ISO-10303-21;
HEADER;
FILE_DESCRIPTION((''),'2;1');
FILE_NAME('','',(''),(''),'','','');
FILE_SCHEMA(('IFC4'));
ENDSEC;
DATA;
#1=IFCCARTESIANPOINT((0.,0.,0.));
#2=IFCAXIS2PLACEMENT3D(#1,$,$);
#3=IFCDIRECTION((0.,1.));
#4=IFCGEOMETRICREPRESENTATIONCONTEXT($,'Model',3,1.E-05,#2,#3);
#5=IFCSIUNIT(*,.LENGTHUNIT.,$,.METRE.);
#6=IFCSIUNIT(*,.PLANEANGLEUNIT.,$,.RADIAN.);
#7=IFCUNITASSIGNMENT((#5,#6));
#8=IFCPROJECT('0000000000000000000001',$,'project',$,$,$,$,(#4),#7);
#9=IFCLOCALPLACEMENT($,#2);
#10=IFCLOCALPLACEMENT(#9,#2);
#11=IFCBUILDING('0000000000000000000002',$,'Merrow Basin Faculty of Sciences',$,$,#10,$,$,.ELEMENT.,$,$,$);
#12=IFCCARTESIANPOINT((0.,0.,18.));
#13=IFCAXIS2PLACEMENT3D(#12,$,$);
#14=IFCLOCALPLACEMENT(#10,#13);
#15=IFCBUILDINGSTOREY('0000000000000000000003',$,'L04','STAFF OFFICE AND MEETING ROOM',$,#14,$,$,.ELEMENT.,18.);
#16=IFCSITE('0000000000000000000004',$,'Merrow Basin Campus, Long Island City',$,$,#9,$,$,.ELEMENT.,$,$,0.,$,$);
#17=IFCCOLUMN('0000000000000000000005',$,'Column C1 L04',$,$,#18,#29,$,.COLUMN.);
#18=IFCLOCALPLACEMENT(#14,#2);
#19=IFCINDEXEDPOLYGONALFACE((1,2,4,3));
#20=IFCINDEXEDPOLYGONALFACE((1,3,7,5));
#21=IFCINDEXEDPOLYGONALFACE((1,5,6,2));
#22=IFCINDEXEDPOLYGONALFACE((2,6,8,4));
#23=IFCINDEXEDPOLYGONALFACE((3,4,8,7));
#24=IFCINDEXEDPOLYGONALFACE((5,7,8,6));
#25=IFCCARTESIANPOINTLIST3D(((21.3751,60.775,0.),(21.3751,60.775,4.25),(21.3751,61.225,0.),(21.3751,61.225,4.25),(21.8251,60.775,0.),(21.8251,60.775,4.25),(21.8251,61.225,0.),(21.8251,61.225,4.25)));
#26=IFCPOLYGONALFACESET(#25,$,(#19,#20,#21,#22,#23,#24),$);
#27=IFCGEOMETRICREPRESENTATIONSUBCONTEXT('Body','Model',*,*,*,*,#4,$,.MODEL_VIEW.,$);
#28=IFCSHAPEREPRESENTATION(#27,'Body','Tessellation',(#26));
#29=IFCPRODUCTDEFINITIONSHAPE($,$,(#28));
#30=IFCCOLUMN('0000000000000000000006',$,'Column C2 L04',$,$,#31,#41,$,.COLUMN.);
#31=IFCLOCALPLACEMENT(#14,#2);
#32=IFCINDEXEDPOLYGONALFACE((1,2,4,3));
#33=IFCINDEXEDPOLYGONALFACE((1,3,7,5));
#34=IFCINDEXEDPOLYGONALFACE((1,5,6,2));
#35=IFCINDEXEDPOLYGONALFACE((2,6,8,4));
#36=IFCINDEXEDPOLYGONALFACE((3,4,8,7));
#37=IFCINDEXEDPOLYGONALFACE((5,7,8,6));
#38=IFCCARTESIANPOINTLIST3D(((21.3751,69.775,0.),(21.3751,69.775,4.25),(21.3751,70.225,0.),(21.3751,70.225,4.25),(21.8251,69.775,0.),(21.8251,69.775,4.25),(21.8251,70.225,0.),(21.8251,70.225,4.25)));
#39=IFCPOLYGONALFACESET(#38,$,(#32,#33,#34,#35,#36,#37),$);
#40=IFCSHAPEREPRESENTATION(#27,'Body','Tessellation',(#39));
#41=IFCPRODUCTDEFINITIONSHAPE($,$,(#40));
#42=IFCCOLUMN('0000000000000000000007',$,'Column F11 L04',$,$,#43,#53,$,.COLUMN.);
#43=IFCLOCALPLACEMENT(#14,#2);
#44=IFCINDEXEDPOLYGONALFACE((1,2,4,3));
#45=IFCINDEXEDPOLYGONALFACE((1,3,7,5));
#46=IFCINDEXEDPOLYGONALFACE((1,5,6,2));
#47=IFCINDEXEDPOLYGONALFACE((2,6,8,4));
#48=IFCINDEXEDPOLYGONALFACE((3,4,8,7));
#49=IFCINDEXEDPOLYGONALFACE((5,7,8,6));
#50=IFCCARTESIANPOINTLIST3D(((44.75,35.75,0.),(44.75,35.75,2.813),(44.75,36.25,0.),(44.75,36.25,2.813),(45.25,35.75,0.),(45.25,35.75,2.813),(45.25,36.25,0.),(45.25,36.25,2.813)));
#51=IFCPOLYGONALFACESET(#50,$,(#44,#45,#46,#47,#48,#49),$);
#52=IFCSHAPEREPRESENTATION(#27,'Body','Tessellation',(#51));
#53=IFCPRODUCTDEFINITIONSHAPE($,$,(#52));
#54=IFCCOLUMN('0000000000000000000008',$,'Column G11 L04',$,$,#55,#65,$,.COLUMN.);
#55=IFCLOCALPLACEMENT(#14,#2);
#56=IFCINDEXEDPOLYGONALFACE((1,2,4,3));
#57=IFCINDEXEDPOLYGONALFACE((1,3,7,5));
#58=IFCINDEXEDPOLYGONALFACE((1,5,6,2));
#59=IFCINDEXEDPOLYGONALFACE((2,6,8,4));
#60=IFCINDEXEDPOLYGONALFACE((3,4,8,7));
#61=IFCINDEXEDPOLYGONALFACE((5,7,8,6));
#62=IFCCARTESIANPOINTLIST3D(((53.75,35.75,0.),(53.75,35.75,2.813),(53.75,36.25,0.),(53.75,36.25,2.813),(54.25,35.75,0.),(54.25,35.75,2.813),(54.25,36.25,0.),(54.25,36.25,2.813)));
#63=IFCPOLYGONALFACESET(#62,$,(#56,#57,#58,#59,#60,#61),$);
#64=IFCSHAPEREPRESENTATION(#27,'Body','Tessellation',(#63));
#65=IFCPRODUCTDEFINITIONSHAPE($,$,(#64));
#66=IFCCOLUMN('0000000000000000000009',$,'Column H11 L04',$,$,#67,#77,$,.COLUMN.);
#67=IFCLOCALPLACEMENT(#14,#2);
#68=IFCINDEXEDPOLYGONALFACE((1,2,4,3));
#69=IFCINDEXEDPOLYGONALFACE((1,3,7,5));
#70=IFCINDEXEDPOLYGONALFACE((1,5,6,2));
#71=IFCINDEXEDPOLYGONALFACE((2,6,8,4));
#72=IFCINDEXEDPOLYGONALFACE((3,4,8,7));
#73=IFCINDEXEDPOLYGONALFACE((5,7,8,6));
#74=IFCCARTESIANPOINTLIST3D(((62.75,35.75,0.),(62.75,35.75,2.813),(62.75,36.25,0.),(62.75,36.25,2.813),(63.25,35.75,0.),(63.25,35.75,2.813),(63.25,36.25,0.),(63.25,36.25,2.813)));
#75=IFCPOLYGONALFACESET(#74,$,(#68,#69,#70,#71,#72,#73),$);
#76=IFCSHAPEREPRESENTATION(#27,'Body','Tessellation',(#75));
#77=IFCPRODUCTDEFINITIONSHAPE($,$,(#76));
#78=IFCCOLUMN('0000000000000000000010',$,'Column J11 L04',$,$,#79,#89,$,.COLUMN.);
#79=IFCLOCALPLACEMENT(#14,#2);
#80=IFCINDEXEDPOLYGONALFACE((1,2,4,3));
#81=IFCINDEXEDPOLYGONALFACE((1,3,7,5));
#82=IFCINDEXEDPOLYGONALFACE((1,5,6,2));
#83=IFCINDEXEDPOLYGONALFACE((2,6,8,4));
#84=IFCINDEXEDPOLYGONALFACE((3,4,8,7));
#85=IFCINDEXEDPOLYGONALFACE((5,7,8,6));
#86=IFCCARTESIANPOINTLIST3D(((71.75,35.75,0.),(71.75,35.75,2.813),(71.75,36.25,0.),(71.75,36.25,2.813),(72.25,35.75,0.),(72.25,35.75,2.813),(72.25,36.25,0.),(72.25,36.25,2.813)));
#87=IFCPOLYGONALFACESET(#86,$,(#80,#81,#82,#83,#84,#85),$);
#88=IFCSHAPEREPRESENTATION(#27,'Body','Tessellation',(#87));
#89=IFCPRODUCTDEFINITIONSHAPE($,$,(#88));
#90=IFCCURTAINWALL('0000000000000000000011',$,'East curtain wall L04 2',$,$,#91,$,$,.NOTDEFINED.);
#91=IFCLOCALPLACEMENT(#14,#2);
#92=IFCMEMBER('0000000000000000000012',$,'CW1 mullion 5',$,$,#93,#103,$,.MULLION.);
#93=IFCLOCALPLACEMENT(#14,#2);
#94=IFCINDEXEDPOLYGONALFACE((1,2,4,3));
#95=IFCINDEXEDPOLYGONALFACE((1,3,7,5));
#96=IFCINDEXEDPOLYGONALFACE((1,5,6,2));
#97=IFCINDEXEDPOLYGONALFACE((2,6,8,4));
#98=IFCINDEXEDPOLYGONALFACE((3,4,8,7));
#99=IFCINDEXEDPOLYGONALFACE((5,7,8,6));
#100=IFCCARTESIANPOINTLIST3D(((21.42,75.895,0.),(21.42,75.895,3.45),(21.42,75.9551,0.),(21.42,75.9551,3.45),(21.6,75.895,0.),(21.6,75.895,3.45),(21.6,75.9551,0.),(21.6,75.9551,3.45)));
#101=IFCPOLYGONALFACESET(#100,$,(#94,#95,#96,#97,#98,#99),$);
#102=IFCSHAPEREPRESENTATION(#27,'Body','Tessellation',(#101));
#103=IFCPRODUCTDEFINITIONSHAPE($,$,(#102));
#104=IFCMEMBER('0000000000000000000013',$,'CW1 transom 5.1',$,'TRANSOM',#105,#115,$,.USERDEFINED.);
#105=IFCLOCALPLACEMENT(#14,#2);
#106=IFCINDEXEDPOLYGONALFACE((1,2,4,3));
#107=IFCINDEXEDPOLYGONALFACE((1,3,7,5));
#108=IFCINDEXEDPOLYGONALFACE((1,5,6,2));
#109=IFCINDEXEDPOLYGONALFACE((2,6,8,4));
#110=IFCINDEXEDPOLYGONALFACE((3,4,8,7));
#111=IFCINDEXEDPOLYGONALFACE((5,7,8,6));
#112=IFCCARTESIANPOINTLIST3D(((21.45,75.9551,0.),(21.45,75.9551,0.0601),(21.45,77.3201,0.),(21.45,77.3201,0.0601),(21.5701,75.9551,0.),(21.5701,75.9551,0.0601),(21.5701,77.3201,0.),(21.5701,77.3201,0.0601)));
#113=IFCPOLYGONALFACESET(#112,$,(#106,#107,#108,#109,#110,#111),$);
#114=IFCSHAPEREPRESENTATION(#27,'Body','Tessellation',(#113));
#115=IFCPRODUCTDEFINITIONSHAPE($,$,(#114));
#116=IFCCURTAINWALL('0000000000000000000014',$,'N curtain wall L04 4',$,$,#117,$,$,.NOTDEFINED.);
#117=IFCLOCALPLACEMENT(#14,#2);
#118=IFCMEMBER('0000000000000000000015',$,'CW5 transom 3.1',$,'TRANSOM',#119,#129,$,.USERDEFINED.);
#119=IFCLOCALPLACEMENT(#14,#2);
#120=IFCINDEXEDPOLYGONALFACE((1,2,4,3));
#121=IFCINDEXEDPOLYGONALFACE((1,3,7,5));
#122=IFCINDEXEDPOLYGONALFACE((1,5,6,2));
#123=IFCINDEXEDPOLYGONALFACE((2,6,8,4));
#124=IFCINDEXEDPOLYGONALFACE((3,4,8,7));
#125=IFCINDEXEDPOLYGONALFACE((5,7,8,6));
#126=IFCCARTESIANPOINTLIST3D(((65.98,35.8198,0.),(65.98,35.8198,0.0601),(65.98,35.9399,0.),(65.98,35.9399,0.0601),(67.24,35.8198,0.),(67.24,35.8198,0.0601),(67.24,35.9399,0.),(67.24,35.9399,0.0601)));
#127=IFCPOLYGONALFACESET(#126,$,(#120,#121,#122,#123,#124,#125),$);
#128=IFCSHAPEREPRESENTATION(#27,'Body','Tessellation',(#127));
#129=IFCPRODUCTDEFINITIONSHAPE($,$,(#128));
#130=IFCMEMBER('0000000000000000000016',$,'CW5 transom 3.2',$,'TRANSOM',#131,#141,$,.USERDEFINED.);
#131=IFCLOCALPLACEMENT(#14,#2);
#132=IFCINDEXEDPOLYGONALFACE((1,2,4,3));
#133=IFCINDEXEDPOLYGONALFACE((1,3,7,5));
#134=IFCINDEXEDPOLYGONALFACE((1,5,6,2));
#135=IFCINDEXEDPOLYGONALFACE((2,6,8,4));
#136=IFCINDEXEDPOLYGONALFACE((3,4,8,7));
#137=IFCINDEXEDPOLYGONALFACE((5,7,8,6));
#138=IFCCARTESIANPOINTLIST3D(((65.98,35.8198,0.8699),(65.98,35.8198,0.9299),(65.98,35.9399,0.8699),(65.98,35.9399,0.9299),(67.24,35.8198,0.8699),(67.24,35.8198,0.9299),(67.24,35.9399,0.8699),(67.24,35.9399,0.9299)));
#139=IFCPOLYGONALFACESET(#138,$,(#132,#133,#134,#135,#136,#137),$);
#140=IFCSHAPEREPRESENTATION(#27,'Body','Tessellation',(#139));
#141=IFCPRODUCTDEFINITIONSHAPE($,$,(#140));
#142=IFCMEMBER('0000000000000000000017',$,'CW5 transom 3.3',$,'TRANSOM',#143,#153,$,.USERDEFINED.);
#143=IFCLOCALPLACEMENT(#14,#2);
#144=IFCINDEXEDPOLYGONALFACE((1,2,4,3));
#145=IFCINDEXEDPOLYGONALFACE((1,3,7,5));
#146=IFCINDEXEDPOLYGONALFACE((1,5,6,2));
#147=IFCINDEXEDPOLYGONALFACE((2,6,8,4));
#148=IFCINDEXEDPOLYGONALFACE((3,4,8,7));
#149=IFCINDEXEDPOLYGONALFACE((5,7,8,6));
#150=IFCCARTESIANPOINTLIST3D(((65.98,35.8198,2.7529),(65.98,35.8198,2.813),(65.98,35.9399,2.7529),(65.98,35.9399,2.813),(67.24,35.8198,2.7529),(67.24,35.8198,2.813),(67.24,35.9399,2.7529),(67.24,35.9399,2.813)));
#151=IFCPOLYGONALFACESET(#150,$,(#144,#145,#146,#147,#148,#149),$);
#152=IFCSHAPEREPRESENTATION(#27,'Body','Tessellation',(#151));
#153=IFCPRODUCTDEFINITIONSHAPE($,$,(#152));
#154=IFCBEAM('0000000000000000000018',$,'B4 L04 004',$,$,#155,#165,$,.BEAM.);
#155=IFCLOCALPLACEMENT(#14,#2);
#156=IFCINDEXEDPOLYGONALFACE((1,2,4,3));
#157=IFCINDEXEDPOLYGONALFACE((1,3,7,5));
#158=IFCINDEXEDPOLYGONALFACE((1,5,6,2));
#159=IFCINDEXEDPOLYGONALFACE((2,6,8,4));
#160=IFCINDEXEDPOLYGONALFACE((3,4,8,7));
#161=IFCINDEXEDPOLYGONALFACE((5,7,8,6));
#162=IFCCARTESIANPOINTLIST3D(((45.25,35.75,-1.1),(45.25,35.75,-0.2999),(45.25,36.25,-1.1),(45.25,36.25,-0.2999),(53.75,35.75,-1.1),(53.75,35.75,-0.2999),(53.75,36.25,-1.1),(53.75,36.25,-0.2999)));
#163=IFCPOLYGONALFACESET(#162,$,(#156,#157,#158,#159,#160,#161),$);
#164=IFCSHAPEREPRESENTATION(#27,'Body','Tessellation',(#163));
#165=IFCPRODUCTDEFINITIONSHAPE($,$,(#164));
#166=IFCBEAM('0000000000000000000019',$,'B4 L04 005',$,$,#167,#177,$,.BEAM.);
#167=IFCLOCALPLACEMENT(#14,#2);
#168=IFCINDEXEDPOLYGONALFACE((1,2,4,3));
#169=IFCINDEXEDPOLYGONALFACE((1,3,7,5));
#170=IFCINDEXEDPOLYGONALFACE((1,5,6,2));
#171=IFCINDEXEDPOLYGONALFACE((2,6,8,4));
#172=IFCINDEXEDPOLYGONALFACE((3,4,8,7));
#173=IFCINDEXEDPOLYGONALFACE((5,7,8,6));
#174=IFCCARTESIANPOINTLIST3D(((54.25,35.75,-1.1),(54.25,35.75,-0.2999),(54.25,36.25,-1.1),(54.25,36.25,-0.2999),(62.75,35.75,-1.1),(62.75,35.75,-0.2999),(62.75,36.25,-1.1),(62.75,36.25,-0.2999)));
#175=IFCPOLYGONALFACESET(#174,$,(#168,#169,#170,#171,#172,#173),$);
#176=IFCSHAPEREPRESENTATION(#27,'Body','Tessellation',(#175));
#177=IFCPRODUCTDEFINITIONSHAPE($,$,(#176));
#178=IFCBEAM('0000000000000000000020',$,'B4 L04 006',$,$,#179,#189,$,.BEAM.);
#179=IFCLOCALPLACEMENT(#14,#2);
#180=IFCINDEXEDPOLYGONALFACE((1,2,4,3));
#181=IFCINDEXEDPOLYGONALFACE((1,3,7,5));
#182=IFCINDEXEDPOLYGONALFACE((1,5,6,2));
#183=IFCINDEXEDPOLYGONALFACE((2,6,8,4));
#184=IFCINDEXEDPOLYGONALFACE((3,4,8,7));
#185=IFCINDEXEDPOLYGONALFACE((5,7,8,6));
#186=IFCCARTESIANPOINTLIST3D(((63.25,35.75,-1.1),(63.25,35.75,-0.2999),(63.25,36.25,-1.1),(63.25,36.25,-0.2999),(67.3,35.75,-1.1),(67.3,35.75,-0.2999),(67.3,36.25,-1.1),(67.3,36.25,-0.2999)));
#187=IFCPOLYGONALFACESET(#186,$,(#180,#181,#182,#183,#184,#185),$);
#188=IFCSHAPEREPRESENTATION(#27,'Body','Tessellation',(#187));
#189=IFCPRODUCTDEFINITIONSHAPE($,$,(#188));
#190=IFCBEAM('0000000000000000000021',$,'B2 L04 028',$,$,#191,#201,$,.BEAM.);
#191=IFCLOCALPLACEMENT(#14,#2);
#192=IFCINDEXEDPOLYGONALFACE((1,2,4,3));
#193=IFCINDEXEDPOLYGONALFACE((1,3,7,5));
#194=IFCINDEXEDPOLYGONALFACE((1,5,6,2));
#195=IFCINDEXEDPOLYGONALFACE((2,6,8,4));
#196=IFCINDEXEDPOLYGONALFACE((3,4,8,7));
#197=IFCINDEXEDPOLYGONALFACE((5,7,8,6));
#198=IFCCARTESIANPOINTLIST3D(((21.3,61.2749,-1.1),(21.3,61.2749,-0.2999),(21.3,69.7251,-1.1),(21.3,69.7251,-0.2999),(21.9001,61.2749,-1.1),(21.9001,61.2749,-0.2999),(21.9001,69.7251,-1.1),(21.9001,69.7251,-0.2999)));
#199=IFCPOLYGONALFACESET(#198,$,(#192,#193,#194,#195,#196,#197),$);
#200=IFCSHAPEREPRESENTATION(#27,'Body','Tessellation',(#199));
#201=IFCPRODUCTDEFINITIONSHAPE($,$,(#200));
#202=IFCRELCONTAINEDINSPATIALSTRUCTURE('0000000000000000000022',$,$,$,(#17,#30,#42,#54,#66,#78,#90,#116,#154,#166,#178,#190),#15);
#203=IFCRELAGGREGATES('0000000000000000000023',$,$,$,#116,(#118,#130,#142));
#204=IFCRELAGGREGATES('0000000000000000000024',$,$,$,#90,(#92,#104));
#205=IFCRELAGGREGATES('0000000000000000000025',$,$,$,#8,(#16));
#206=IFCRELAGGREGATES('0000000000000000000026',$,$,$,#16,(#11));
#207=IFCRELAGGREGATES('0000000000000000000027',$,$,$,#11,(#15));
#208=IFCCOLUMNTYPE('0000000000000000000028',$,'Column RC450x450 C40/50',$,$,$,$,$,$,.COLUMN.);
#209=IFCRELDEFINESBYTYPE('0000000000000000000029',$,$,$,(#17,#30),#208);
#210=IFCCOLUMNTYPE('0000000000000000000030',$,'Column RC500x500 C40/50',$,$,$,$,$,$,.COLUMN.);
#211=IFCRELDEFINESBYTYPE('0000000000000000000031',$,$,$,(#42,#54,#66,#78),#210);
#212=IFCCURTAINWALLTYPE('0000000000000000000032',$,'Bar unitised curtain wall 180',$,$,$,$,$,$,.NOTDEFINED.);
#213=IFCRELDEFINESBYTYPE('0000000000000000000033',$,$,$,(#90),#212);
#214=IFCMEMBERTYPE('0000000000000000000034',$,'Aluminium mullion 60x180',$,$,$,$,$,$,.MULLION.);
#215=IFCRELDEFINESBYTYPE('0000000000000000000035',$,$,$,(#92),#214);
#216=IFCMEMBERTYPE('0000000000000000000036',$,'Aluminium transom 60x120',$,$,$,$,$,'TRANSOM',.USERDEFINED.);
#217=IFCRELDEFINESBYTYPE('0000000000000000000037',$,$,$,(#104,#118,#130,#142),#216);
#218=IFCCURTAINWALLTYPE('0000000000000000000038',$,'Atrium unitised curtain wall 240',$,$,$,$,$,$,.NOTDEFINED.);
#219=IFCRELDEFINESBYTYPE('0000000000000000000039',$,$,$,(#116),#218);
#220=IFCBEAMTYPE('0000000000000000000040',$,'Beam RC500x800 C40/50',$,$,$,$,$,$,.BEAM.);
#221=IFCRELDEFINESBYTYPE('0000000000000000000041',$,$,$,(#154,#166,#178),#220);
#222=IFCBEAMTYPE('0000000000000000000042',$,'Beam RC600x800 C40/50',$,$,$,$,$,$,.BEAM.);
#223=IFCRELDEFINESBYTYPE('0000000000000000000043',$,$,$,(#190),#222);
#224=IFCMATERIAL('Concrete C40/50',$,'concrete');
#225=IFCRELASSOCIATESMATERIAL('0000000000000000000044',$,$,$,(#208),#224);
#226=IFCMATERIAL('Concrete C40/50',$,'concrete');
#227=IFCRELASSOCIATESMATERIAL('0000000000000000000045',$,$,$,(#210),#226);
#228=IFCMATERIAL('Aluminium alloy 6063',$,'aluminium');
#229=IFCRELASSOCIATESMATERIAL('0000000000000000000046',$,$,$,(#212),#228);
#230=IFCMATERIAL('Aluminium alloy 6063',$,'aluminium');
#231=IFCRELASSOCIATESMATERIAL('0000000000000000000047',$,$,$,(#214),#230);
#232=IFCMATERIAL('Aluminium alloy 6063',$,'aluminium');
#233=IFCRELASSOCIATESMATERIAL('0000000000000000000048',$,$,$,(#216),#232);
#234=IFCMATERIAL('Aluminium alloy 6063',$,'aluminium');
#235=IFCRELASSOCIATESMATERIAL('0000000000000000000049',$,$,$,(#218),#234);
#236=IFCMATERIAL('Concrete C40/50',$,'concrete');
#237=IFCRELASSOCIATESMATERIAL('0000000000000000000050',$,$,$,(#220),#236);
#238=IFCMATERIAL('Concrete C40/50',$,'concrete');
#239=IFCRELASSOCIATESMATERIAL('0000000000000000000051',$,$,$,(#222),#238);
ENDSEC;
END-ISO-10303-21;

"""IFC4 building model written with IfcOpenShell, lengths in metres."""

from ifc_helpers import new_model, si_unit, direction, frame, origin, origin_2d, place, context, subcontext, project, spatial, rectangle, extrude, material, material_profile, profile_set, type_object, element, aggregate, save


model = new_model("IFC4")

# Units and contexts
model_context = context("Model", 3, precision=1e-05, world=origin(), true_north=direction((0.0, 1.0)))
body_context = subcontext(model_context, "Body", "Model", "MODEL_VIEW")
ifc_project = project(units=[si_unit("LENGTHUNIT", "METRE"), si_unit("PLANEANGLEUNIT", "RADIAN")], contexts=[model_context])

# Site, building, storey
site_placement = place(None, origin())
site = spatial("IfcSite", under=ifc_project, at=site_placement, Name="Merrow Basin Campus, Long Island City", CompositionType="ELEMENT", RefElevation=0.0)
building_placement = place(site_placement, origin())
building = spatial("IfcBuilding", under=site, at=building_placement, Name="Merrow Basin Faculty of Sciences", CompositionType="ELEMENT")
storey_placement = place(building_placement, frame((0.0, 0.0, 18.0)))
storey = spatial("IfcBuildingStorey", under=building, at=storey_placement, Name="L04", Description="STAFF OFFICE AND MEETING ROOM", CompositionType="ELEMENT", Elevation=18.0)

# Columns
ifc_material_1 = material(Name="Concrete C40/50", Category="concrete")
ifc_material_profile_1 = material_profile(ifc_material_1, rectangle(XDim=0.45, YDim=0.45, at=origin_2d()))
ifc_profile_set_1 = profile_set([ifc_material_profile_1], Name="Concrete C40/50")
column_type_1 = type_object("IfcColumnType", Name="Column RC450x450 C40/50", PredefinedType="COLUMN", material=ifc_profile_set_1)
for number, where, z_axis, x_axis, name in (
    (1, (21.6001, 61.0, 0.0), (0.0, 0.0, 1.0), (1.0, 0.0, 0.0), "Column C1 L04"),
    (2, (21.6001, 70.0, 0.0), (0.0, 0.0, 1.0), (1.0, 0.0, 0.0), "Column C2 L04"),
):
    element("IfcColumn", number, at=place(storey_placement, frame(where, z_axis=z_axis, x_axis=x_axis)), inside=storey, type_object=column_type_1, Name=name, PredefinedType="COLUMN", context=body_context, shape_type="SweptSolid", body=[
        extrude(rectangle(XDim=0.45, YDim=0.45, at=origin_2d()), origin(), (0.0, 0.0, 1.0), 4.25),
    ])
ifc_material_2 = material(Name="Concrete C40/50", Category="concrete")
ifc_material_profile_2 = material_profile(ifc_material_2, rectangle(XDim=0.5, YDim=0.5, at=origin_2d()))
ifc_profile_set_2 = profile_set([ifc_material_profile_2], Name="Concrete C40/50")
column_type_2 = type_object("IfcColumnType", Name="Column RC500x500 C40/50", PredefinedType="COLUMN", material=ifc_profile_set_2)
for number, where, z_axis, x_axis, name in (
    (3, (45.0, 36.0, 0.0), (0.0, 0.0, 1.0), (1.0, 0.0, 0.0), "Column F11 L04"),
    (4, (54.0, 36.0, 0.0), (0.0, 0.0, 1.0), (1.0, 0.0, 0.0), "Column G11 L04"),
    (5, (63.0, 36.0, 0.0), (0.0, 0.0, 1.0), (1.0, 0.0, 0.0), "Column H11 L04"),
    (6, (72.0, 36.0, 0.0), (0.0, 0.0, 1.0), (1.0, 0.0, 0.0), "Column J11 L04"),
):
    element("IfcColumn", number, at=place(storey_placement, frame(where, z_axis=z_axis, x_axis=x_axis)), inside=storey, type_object=column_type_2, Name=name, PredefinedType="COLUMN", context=body_context, shape_type="SweptSolid", body=[
        extrude(rectangle(XDim=0.5, YDim=0.5, at=origin_2d()), origin(), (0.0, 0.0, 1.0), 2.813),
    ])

# Curtain walls, members
ifc_material_3 = material(Name="Aluminium alloy 6063", Category="aluminium")
curtain_wall_type_1 = type_object("IfcCurtainWallType", Name="Bar unitised curtain wall 180", PredefinedType="NOTDEFINED", material=ifc_material_3)
curtain_wall_1_placement = place(storey_placement, origin())
curtain_wall_1 = element("IfcCurtainWall", 7, at=curtain_wall_1_placement, inside=storey, type_object=curtain_wall_type_1, Name="East curtain wall L04 2", PredefinedType="NOTDEFINED")
ifc_material_4 = material(Name="Aluminium alloy 6063", Category="aluminium")
ifc_material_profile_3 = material_profile(ifc_material_4, rectangle(XDim=0.1799, YDim=0.0601, at=origin_2d()))
ifc_profile_set_3 = profile_set([ifc_material_profile_3], Name="Aluminium alloy 6063")
member_type_1 = type_object("IfcMemberType", Name="Aluminium mullion 60x180", PredefinedType="MULLION", material=ifc_profile_set_3)
member_1_placement = place(storey_placement, frame((21.51, 75.925, 0.0), z_axis=(0.0, 0.0, 1.0), x_axis=(-1.0, 0.0, 0.0)))
member_1 = element("IfcMember", 8, at=member_1_placement, type_object=member_type_1, Name="CW1 mullion 5", PredefinedType="MULLION", context=body_context, shape_type="SweptSolid", body=[
    extrude(rectangle(XDim=0.1799, YDim=0.0601, at=origin_2d()), origin(), (0.0, 0.0, 1.0), 3.45),
])
ifc_material_5 = material(Name="Aluminium alloy 6063", Category="aluminium")
ifc_material_profile_4 = material_profile(ifc_material_5, rectangle(XDim=0.1201, YDim=0.0601, at=origin_2d()))
ifc_profile_set_4 = profile_set([ifc_material_profile_4], Name="Aluminium alloy 6063")
member_type_2 = type_object("IfcMemberType", Name="Aluminium transom 60x120", ElementType="TRANSOM", PredefinedType="USERDEFINED", material=ifc_profile_set_4)
member_2_placement = place(storey_placement, frame((21.51, 75.9551, 0.03), z_axis=(0.0, 1.0, 0.0), x_axis=(-1.0, 0.0, 0.0)))
member_2 = element("IfcMember", 9, at=member_2_placement, type_object=member_type_2, Name="CW1 transom 5.1", ObjectType="TRANSOM", PredefinedType="USERDEFINED", context=body_context, shape_type="SweptSolid", body=[
    extrude(rectangle(XDim=0.1201, YDim=0.0601, at=origin_2d()), origin(), (0.0, 0.0, 1.0), 1.365),
])
ifc_material_6 = material(Name="Aluminium alloy 6063", Category="aluminium")
curtain_wall_type_2 = type_object("IfcCurtainWallType", Name="Atrium unitised curtain wall 240", PredefinedType="NOTDEFINED", material=ifc_material_6)
curtain_wall_2_placement = place(storey_placement, origin())
curtain_wall_2 = element("IfcCurtainWall", 10, at=curtain_wall_2_placement, inside=storey, type_object=curtain_wall_type_2, Name="N curtain wall L04 4", PredefinedType="NOTDEFINED")
member_3_placement = place(storey_placement, frame((65.98, 35.8799, 0.03), z_axis=(1.0, 0.0, 0.0), x_axis=(0.0, 1.0, 0.0)))
member_3 = element("IfcMember", 11, at=member_3_placement, type_object=member_type_2, Name="CW5 transom 3.1", ObjectType="TRANSOM", PredefinedType="USERDEFINED", context=body_context, shape_type="SweptSolid", body=[
    extrude(rectangle(XDim=0.1201, YDim=0.0601, at=origin_2d()), origin(), (0.0, 0.0, 1.0), 1.26),
])
member_4_placement = place(storey_placement, frame((65.98, 35.8799, 0.8999), z_axis=(1.0, 0.0, 0.0), x_axis=(0.0, 1.0, 0.0)))
member_4 = element("IfcMember", 12, at=member_4_placement, type_object=member_type_2, Name="CW5 transom 3.2", ObjectType="TRANSOM", PredefinedType="USERDEFINED", context=body_context, shape_type="SweptSolid", body=[
    extrude(rectangle(XDim=0.1201, YDim=0.0601, at=origin_2d()), origin(), (0.0, 0.0, 1.0), 1.26),
])
member_5_placement = place(storey_placement, frame((65.98, 35.8799, 2.783), z_axis=(1.0, 0.0, 0.0), x_axis=(0.0, 1.0, 0.0)))
member_5 = element("IfcMember", 13, at=member_5_placement, type_object=member_type_2, Name="CW5 transom 3.3", ObjectType="TRANSOM", PredefinedType="USERDEFINED", context=body_context, shape_type="SweptSolid", body=[
    extrude(rectangle(XDim=0.1201, YDim=0.0601, at=origin_2d()), origin(), (0.0, 0.0, 1.0), 1.26),
])

# Beams
ifc_material_7 = material(Name="Concrete C40/50", Category="concrete")
ifc_material_profile_5 = material_profile(ifc_material_7, rectangle(XDim=0.5, YDim=0.8, at=origin_2d()))
ifc_profile_set_5 = profile_set([ifc_material_profile_5], Name="Concrete C40/50")
beam_type_1 = type_object("IfcBeamType", Name="Beam RC500x800 C40/50", PredefinedType="BEAM", material=ifc_profile_set_5)
for number, where, z_axis, x_axis, name in (
    (14, (45.25, 36.0, -0.7), (1.0, 0.0, 0.0), (0.0, 1.0, 0.0), "B4 L04 004"),
    (15, (54.25, 36.0, -0.7), (1.0, 0.0, 0.0), (0.0, 1.0, 0.0), "B4 L04 005"),
):
    element("IfcBeam", number, at=place(storey_placement, frame(where, z_axis=z_axis, x_axis=x_axis)), inside=storey, type_object=beam_type_1, Name=name, PredefinedType="BEAM", context=body_context, shape_type="SweptSolid", body=[
        extrude(rectangle(XDim=0.5, YDim=0.8, at=origin_2d()), origin(), (0.0, 0.0, 1.0), 8.5),
    ])
beam_placement = place(storey_placement, frame((63.25, 36.0, -0.7), z_axis=(1.0, 0.0, 0.0), x_axis=(0.0, 1.0, 0.0)))
element("IfcBeam", 16, at=beam_placement, inside=storey, type_object=beam_type_1, Name="B4 L04 006", PredefinedType="BEAM", context=body_context, shape_type="SweptSolid", body=[
    extrude(rectangle(XDim=0.5, YDim=0.8, at=origin_2d()), origin(), (0.0, 0.0, 1.0), 4.05),
])
ifc_material_8 = material(Name="Concrete C40/50", Category="concrete")
ifc_material_profile_6 = material_profile(ifc_material_8, rectangle(XDim=0.6001, YDim=0.8, at=origin_2d()))
ifc_profile_set_6 = profile_set([ifc_material_profile_6], Name="Concrete C40/50")
beam_type_2 = type_object("IfcBeamType", Name="Beam RC600x800 C40/50", PredefinedType="BEAM", material=ifc_profile_set_6)
for number, where, z_axis, x_axis, name in (
    (17, (21.6001, 61.2749, -0.7), (0.0, 1.0, 0.0), (-1.0, 0.0, 0.0), "B2 L04 028"),
):
    element("IfcBeam", number, at=place(storey_placement, frame(where, z_axis=z_axis, x_axis=x_axis)), inside=storey, type_object=beam_type_2, Name=name, PredefinedType="BEAM", context=body_context, shape_type="SweptSolid", body=[
        extrude(rectangle(XDim=0.6001, YDim=0.8, at=origin_2d()), origin(), (0.0, 0.0, 1.0), 8.4502),
    ])

aggregate(curtain_wall_2, [member_3, member_4, member_5])
aggregate(curtain_wall_1, [member_1, member_2])

save(model, "model.ifc")
